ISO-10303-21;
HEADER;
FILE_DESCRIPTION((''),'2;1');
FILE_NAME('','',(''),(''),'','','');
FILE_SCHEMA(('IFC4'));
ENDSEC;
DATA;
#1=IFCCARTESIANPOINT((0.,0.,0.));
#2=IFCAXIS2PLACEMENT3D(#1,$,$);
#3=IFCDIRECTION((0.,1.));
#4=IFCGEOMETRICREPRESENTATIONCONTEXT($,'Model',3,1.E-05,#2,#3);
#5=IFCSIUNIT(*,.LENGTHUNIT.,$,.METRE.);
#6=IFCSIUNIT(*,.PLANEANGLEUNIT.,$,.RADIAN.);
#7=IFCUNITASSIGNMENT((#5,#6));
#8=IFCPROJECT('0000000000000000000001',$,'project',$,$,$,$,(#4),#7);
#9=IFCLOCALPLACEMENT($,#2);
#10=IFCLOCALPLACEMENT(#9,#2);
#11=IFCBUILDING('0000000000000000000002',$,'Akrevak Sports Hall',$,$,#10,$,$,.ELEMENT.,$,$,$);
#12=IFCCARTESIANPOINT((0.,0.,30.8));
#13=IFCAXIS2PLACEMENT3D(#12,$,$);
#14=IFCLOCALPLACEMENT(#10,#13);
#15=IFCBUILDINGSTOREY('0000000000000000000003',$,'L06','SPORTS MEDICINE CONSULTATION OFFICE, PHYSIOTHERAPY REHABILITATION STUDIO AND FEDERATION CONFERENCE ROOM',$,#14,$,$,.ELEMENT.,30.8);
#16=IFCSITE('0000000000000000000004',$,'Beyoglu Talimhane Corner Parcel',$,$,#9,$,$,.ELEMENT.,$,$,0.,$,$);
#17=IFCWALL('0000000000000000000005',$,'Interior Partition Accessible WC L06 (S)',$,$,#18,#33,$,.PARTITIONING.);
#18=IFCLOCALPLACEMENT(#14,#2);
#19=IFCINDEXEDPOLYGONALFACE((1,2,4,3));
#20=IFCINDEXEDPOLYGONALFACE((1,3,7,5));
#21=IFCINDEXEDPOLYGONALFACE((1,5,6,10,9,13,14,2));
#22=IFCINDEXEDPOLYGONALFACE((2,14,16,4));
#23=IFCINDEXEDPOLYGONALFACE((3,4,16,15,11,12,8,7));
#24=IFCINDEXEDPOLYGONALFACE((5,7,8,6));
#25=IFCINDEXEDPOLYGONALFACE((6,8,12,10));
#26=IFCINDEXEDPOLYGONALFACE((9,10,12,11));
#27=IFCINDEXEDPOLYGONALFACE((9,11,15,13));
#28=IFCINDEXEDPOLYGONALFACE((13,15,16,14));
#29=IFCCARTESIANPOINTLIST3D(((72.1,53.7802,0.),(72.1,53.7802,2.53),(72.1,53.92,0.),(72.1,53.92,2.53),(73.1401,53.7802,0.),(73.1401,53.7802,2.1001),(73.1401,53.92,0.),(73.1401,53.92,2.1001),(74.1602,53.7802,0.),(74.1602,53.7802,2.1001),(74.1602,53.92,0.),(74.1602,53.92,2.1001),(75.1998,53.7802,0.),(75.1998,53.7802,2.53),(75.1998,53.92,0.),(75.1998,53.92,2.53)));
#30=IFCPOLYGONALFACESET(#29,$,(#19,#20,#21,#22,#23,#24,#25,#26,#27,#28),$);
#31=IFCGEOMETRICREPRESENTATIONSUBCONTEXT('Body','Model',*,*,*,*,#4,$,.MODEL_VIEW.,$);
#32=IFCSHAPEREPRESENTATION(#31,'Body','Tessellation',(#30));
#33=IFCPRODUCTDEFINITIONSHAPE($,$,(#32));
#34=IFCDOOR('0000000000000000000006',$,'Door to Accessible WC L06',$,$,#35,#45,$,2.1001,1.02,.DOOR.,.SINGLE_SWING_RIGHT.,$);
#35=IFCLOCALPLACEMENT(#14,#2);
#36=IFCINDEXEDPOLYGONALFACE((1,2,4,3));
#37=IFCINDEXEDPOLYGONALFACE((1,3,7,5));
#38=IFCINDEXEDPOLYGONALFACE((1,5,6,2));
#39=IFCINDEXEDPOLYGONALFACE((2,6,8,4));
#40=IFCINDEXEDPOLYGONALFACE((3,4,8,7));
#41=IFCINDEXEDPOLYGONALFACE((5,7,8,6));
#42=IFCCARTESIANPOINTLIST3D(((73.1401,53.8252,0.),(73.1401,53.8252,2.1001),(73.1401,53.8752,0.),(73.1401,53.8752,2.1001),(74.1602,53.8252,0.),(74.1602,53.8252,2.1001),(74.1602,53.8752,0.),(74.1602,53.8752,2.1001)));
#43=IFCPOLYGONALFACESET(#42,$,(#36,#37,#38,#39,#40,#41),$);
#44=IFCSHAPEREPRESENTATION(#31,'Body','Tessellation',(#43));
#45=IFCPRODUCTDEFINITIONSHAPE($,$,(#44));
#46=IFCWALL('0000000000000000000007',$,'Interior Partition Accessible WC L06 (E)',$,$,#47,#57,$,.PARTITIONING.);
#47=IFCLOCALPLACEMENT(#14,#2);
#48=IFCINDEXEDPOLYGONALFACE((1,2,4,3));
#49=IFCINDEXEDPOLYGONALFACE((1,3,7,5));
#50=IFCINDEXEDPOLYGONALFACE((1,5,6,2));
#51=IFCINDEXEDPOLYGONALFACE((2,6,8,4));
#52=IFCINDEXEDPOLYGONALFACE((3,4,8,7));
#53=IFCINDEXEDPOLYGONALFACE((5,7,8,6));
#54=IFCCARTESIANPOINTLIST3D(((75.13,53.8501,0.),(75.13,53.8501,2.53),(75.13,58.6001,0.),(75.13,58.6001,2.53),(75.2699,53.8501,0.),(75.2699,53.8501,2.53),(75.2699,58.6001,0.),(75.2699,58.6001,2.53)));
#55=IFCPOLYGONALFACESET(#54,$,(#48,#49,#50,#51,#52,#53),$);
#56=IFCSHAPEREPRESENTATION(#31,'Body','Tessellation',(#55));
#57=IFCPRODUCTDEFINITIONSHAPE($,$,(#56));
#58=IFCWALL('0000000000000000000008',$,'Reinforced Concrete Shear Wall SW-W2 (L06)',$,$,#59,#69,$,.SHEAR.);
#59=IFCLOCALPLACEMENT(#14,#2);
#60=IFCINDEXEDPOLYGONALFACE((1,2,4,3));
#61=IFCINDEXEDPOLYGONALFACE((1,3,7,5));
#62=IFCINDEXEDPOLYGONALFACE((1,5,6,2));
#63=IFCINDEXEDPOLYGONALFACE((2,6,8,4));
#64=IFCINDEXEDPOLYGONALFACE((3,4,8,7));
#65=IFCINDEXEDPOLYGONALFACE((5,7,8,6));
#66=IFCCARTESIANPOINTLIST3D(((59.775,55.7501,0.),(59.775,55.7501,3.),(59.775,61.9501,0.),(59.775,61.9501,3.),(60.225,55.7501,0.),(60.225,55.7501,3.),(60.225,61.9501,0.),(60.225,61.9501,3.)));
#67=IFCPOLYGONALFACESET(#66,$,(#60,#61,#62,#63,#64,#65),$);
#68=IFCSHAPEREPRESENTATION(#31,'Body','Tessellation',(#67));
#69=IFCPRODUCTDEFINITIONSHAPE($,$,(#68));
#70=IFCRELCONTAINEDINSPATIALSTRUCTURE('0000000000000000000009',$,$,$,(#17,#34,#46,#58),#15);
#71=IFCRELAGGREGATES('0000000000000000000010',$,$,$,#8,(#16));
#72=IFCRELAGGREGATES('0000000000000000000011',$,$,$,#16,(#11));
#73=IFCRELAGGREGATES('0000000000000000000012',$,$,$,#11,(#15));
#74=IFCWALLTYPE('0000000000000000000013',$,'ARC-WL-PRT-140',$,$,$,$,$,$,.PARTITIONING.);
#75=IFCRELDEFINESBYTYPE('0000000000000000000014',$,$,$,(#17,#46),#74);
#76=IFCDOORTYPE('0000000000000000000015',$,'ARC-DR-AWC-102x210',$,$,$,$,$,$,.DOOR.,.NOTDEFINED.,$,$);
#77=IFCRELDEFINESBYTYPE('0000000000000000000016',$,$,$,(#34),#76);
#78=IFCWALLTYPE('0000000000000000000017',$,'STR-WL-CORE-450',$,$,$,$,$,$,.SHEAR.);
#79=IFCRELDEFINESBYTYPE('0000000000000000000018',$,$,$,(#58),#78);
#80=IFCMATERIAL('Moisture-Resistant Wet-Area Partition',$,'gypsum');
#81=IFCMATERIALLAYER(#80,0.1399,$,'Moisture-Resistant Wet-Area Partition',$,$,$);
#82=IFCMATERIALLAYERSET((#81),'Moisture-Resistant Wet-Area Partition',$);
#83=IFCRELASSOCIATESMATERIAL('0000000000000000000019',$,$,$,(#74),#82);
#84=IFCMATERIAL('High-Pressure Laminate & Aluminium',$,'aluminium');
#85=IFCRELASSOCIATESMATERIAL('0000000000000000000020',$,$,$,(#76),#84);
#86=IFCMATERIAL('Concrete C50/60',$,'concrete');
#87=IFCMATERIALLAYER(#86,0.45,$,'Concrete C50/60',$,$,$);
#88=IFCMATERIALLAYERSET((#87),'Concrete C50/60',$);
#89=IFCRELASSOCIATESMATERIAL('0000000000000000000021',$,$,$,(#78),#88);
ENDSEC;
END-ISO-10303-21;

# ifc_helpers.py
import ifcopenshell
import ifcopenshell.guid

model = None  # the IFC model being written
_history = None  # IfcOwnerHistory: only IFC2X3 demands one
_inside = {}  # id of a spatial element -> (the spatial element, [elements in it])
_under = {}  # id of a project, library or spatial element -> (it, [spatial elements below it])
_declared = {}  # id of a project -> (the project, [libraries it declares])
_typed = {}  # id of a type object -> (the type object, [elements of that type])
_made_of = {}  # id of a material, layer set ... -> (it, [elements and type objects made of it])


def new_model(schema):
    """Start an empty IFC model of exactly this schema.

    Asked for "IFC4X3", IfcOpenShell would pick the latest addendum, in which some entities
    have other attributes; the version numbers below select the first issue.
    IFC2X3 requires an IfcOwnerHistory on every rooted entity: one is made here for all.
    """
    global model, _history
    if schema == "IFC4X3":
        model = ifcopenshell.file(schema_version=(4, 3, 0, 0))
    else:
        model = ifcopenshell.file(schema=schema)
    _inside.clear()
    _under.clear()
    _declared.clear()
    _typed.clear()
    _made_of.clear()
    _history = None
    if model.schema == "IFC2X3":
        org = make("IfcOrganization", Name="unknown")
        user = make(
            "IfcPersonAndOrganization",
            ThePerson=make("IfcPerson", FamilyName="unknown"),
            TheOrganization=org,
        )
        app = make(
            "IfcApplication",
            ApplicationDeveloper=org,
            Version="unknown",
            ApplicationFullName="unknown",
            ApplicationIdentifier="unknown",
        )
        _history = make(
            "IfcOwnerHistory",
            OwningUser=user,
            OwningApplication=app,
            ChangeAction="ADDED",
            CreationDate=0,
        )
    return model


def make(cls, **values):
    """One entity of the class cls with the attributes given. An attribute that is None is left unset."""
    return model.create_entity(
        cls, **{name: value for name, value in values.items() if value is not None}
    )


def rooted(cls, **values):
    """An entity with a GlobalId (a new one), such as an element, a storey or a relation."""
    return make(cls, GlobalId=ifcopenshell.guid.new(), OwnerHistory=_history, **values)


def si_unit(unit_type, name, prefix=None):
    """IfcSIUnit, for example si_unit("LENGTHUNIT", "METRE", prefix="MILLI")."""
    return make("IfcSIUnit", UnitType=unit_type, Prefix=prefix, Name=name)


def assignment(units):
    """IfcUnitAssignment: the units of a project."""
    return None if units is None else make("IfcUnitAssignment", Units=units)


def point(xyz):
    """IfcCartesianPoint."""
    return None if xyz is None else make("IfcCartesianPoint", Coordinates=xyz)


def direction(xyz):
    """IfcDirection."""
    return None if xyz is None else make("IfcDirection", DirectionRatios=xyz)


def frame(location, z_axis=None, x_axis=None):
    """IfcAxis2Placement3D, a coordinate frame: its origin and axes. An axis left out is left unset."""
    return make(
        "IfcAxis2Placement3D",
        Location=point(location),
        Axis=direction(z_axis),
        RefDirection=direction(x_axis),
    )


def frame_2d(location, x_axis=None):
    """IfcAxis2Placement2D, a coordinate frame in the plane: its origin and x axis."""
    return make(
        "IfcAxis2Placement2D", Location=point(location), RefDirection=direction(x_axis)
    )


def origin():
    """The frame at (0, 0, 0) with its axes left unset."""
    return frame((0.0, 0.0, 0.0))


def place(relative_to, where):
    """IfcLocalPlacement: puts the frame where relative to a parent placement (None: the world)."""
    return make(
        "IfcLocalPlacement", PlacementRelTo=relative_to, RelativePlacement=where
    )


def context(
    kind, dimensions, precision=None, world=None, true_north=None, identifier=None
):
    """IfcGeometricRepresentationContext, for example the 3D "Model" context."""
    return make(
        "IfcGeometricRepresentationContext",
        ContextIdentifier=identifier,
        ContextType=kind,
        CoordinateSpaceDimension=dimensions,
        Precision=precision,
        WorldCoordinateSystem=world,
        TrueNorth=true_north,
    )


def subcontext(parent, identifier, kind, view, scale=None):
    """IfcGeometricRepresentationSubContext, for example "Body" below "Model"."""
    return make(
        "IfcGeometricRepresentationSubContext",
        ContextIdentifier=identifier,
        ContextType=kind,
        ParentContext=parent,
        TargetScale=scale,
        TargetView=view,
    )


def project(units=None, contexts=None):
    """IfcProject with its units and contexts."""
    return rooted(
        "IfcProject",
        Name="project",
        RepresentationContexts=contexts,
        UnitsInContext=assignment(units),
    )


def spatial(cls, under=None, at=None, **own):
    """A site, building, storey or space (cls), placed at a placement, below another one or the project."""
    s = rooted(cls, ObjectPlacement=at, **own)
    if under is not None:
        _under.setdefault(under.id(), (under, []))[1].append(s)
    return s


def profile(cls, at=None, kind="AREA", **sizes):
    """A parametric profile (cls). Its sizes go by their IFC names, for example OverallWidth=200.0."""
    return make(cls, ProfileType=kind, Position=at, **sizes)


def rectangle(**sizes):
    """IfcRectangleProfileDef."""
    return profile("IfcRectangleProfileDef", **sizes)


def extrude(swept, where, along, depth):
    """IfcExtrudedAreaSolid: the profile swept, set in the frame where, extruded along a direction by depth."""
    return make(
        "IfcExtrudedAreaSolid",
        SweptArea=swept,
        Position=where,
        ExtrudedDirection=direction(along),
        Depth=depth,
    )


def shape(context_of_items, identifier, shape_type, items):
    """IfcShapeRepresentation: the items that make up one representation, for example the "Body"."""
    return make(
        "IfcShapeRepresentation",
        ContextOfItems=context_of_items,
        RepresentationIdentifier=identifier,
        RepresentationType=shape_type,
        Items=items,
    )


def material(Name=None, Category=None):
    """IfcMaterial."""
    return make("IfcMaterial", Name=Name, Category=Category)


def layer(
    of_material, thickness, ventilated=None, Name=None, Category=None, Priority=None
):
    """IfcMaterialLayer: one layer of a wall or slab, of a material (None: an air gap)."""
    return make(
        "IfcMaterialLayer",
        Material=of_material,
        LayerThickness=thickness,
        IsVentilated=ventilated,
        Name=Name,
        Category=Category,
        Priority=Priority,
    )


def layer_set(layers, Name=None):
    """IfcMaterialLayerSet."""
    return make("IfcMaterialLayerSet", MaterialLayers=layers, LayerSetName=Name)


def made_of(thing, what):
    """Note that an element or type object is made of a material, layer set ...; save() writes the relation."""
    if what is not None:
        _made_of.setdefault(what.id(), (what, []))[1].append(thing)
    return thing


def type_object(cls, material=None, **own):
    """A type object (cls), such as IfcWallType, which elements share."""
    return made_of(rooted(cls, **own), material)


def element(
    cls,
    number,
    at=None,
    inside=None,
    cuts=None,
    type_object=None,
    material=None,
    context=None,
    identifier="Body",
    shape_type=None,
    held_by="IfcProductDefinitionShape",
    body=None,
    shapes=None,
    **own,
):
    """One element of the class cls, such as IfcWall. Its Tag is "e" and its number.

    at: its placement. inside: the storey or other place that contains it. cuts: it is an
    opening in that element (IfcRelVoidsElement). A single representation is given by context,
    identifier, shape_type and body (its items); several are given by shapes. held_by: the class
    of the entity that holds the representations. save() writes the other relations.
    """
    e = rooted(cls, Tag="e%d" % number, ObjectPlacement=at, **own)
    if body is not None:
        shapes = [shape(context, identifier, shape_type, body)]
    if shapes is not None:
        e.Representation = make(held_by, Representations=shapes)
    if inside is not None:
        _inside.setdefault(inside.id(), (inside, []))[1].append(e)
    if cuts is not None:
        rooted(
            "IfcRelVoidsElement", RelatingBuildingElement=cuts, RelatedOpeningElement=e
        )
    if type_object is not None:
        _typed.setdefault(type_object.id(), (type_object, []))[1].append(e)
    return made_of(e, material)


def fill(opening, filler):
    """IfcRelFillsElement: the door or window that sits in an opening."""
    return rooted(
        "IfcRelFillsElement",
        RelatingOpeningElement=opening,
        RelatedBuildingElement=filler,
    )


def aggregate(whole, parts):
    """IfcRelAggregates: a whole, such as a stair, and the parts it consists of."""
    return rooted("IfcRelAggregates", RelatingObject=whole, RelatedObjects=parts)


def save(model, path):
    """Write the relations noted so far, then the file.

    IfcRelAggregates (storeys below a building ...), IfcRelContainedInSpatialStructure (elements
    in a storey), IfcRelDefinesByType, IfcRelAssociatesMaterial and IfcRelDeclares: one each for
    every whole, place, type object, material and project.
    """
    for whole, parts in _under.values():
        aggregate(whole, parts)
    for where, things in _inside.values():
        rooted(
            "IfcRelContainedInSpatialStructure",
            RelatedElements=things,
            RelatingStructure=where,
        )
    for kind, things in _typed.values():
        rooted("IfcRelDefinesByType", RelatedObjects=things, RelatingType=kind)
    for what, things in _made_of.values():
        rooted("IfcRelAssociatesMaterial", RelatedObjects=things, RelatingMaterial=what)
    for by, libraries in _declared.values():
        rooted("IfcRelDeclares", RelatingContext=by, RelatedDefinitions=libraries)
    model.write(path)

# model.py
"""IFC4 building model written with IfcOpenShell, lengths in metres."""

from ifc_helpers import new_model, si_unit, direction, frame, frame_2d, origin, place, context, subcontext, project, spatial, rectangle, extrude, material, layer, layer_set, type_object, element, fill, save


model = new_model("IFC4")

# Units and contexts
model_context = context("Model", 3, precision=1e-05, world=origin(), true_north=direction((0.0, 1.0)))
body_context = subcontext(model_context, "Body", "Model", "MODEL_VIEW")
ifc_project = project(units=[si_unit("LENGTHUNIT", "METRE"), si_unit("PLANEANGLEUNIT", "RADIAN")], contexts=[model_context])

# Site, building, storey
site_placement = place(None, origin())
site = spatial("IfcSite", under=ifc_project, at=site_placement, Name="Beyoglu Talimhane Corner Parcel", CompositionType="ELEMENT", RefElevation=0.0)
building_placement = place(site_placement, origin())
building = spatial("IfcBuilding", under=site, at=building_placement, Name="Akrevak Sports Hall", CompositionType="ELEMENT")
storey_placement = place(building_placement, frame((0.0, 0.0, 30.8)))
storey = spatial("IfcBuildingStorey", under=building, at=storey_placement, Name="L06", Description="SPORTS MEDICINE CONSULTATION OFFICE, PHYSIOTHERAPY REHABILITATION STUDIO AND FEDERATION CONFERENCE ROOM", CompositionType="ELEMENT", Elevation=30.8)

# Shared definitions
ifc_material_1 = material(Name="Concrete C50/60", Category="concrete")

# Shared definitions
ifc_material_2 = material(Name="Moisture-Resistant Wet-Area Partition", Category="gypsum")
ifc_layer_1 = layer(ifc_material_2, 0.1399, Name="Moisture-Resistant Wet-Area Partition")
ifc_layer_set_1 = layer_set([ifc_layer_1], Name="Moisture-Resistant Wet-Area Partition")
wall_type_1 = type_object("IfcWallType", Name="ARC-WL-PRT-140", PredefinedType="PARTITIONING", material=ifc_layer_set_1)
ifc_material_3 = material(Name="High-Pressure Laminate & Aluminium", Category="aluminium")

# Wall, opening, door
wall_1_placement = place(storey_placement, frame((72.1001, 53.8501, 0.0), z_axis=(0.0, 0.0, 1.0), x_axis=(1.0, 0.0, 0.0)))
wall_1 = element("IfcWall", 1, at=wall_1_placement, inside=storey, type_object=wall_type_1, Name="Interior Partition Accessible WC L06 (S)", PredefinedType="PARTITIONING", context=body_context, shape_type="SweptSolid", body=[
    extrude(rectangle(XDim=3.0999, YDim=0.1399, at=frame_2d((1.5498, 0.0))), origin(), (0.0, 0.0, 1.0), 2.53),
])
opening_1_placement = place(wall_1_placement, frame((1.04, 0.0, 0.0)))
opening_1 = element("IfcOpeningElement", 2, at=opening_1_placement, cuts=wall_1, PredefinedType="OPENING", context=body_context, shape_type="SweptSolid", body=[
    extrude(rectangle(XDim=1.02, YDim=2.1001, at=frame_2d((0.51, 1.05))), frame((0.0, 0.082, 0.0), z_axis=(0.0, -1.0, 0.0), x_axis=(1.0, 0.0, 0.0)), (0.0, 0.0, 1.0), 0.1638),
])
door_type_1 = type_object("IfcDoorType", Name="ARC-DR-AWC-102x210", OperationType="NOTDEFINED", PredefinedType="DOOR", material=ifc_material_3)
door_1_placement = place(opening_1_placement, frame((1.02, 0.0, 0.0), z_axis=(0.0, 0.0, 1.0), x_axis=(-1.0, 0.0, 0.0)))
door_1 = element("IfcDoor", 3, at=door_1_placement, inside=storey, type_object=door_type_1, Name="Door to Accessible WC L06", OperationType="SINGLE_SWING_RIGHT", OverallHeight=2.1001, OverallWidth=1.02, PredefinedType="DOOR", context=body_context, shape_type="SweptSolid", body=[
    extrude(rectangle(XDim=1.02, YDim=2.1001, at=frame_2d((0.51, 1.05))), frame((0.0, 0.0249, 0.0), z_axis=(0.0, -1.0, 0.0), x_axis=(1.0, 0.0, 0.0)), (0.0, 0.0, 1.0), 0.05),
])
fill(opening_1, door_1)

# Walls
wall_2_placement = place(storey_placement, frame((75.2, 53.8501, 0.0), z_axis=(0.0, 0.0, 1.0), x_axis=(0.0, 1.0, 0.0)))
element("IfcWall", 4, at=wall_2_placement, inside=storey, type_object=wall_type_1, Name="Interior Partition Accessible WC L06 (E)", PredefinedType="PARTITIONING", context=body_context, shape_type="SweptSolid", body=[
    extrude(rectangle(XDim=4.75, YDim=0.1399, at=frame_2d((2.375, 0.0))), origin(), (0.0, 0.0, 1.0), 2.53),
])
ifc_layer_2 = layer(ifc_material_1, 0.45, Name="Concrete C50/60")
ifc_layer_set_2 = layer_set([ifc_layer_2], Name="Concrete C50/60")
wall_type_2 = type_object("IfcWallType", Name="STR-WL-CORE-450", PredefinedType="SHEAR", material=ifc_layer_set_2)
wall_3_placement = place(storey_placement, frame((60.0, 55.75, 0.0), z_axis=(0.0, 0.0, 1.0), x_axis=(0.0, 1.0, 0.0)))
element("IfcWall", 5, at=wall_3_placement, inside=storey, type_object=wall_type_2, Name="Reinforced Concrete Shear Wall SW-W2 (L06)", PredefinedType="SHEAR", context=body_context, shape_type="SweptSolid", body=[
    extrude(rectangle(XDim=6.2, YDim=0.45, at=frame_2d((3.1001, 0.0))), origin(), (0.0, 0.0, 1.0), 3.0),
])

save(model, "model.ifc")
